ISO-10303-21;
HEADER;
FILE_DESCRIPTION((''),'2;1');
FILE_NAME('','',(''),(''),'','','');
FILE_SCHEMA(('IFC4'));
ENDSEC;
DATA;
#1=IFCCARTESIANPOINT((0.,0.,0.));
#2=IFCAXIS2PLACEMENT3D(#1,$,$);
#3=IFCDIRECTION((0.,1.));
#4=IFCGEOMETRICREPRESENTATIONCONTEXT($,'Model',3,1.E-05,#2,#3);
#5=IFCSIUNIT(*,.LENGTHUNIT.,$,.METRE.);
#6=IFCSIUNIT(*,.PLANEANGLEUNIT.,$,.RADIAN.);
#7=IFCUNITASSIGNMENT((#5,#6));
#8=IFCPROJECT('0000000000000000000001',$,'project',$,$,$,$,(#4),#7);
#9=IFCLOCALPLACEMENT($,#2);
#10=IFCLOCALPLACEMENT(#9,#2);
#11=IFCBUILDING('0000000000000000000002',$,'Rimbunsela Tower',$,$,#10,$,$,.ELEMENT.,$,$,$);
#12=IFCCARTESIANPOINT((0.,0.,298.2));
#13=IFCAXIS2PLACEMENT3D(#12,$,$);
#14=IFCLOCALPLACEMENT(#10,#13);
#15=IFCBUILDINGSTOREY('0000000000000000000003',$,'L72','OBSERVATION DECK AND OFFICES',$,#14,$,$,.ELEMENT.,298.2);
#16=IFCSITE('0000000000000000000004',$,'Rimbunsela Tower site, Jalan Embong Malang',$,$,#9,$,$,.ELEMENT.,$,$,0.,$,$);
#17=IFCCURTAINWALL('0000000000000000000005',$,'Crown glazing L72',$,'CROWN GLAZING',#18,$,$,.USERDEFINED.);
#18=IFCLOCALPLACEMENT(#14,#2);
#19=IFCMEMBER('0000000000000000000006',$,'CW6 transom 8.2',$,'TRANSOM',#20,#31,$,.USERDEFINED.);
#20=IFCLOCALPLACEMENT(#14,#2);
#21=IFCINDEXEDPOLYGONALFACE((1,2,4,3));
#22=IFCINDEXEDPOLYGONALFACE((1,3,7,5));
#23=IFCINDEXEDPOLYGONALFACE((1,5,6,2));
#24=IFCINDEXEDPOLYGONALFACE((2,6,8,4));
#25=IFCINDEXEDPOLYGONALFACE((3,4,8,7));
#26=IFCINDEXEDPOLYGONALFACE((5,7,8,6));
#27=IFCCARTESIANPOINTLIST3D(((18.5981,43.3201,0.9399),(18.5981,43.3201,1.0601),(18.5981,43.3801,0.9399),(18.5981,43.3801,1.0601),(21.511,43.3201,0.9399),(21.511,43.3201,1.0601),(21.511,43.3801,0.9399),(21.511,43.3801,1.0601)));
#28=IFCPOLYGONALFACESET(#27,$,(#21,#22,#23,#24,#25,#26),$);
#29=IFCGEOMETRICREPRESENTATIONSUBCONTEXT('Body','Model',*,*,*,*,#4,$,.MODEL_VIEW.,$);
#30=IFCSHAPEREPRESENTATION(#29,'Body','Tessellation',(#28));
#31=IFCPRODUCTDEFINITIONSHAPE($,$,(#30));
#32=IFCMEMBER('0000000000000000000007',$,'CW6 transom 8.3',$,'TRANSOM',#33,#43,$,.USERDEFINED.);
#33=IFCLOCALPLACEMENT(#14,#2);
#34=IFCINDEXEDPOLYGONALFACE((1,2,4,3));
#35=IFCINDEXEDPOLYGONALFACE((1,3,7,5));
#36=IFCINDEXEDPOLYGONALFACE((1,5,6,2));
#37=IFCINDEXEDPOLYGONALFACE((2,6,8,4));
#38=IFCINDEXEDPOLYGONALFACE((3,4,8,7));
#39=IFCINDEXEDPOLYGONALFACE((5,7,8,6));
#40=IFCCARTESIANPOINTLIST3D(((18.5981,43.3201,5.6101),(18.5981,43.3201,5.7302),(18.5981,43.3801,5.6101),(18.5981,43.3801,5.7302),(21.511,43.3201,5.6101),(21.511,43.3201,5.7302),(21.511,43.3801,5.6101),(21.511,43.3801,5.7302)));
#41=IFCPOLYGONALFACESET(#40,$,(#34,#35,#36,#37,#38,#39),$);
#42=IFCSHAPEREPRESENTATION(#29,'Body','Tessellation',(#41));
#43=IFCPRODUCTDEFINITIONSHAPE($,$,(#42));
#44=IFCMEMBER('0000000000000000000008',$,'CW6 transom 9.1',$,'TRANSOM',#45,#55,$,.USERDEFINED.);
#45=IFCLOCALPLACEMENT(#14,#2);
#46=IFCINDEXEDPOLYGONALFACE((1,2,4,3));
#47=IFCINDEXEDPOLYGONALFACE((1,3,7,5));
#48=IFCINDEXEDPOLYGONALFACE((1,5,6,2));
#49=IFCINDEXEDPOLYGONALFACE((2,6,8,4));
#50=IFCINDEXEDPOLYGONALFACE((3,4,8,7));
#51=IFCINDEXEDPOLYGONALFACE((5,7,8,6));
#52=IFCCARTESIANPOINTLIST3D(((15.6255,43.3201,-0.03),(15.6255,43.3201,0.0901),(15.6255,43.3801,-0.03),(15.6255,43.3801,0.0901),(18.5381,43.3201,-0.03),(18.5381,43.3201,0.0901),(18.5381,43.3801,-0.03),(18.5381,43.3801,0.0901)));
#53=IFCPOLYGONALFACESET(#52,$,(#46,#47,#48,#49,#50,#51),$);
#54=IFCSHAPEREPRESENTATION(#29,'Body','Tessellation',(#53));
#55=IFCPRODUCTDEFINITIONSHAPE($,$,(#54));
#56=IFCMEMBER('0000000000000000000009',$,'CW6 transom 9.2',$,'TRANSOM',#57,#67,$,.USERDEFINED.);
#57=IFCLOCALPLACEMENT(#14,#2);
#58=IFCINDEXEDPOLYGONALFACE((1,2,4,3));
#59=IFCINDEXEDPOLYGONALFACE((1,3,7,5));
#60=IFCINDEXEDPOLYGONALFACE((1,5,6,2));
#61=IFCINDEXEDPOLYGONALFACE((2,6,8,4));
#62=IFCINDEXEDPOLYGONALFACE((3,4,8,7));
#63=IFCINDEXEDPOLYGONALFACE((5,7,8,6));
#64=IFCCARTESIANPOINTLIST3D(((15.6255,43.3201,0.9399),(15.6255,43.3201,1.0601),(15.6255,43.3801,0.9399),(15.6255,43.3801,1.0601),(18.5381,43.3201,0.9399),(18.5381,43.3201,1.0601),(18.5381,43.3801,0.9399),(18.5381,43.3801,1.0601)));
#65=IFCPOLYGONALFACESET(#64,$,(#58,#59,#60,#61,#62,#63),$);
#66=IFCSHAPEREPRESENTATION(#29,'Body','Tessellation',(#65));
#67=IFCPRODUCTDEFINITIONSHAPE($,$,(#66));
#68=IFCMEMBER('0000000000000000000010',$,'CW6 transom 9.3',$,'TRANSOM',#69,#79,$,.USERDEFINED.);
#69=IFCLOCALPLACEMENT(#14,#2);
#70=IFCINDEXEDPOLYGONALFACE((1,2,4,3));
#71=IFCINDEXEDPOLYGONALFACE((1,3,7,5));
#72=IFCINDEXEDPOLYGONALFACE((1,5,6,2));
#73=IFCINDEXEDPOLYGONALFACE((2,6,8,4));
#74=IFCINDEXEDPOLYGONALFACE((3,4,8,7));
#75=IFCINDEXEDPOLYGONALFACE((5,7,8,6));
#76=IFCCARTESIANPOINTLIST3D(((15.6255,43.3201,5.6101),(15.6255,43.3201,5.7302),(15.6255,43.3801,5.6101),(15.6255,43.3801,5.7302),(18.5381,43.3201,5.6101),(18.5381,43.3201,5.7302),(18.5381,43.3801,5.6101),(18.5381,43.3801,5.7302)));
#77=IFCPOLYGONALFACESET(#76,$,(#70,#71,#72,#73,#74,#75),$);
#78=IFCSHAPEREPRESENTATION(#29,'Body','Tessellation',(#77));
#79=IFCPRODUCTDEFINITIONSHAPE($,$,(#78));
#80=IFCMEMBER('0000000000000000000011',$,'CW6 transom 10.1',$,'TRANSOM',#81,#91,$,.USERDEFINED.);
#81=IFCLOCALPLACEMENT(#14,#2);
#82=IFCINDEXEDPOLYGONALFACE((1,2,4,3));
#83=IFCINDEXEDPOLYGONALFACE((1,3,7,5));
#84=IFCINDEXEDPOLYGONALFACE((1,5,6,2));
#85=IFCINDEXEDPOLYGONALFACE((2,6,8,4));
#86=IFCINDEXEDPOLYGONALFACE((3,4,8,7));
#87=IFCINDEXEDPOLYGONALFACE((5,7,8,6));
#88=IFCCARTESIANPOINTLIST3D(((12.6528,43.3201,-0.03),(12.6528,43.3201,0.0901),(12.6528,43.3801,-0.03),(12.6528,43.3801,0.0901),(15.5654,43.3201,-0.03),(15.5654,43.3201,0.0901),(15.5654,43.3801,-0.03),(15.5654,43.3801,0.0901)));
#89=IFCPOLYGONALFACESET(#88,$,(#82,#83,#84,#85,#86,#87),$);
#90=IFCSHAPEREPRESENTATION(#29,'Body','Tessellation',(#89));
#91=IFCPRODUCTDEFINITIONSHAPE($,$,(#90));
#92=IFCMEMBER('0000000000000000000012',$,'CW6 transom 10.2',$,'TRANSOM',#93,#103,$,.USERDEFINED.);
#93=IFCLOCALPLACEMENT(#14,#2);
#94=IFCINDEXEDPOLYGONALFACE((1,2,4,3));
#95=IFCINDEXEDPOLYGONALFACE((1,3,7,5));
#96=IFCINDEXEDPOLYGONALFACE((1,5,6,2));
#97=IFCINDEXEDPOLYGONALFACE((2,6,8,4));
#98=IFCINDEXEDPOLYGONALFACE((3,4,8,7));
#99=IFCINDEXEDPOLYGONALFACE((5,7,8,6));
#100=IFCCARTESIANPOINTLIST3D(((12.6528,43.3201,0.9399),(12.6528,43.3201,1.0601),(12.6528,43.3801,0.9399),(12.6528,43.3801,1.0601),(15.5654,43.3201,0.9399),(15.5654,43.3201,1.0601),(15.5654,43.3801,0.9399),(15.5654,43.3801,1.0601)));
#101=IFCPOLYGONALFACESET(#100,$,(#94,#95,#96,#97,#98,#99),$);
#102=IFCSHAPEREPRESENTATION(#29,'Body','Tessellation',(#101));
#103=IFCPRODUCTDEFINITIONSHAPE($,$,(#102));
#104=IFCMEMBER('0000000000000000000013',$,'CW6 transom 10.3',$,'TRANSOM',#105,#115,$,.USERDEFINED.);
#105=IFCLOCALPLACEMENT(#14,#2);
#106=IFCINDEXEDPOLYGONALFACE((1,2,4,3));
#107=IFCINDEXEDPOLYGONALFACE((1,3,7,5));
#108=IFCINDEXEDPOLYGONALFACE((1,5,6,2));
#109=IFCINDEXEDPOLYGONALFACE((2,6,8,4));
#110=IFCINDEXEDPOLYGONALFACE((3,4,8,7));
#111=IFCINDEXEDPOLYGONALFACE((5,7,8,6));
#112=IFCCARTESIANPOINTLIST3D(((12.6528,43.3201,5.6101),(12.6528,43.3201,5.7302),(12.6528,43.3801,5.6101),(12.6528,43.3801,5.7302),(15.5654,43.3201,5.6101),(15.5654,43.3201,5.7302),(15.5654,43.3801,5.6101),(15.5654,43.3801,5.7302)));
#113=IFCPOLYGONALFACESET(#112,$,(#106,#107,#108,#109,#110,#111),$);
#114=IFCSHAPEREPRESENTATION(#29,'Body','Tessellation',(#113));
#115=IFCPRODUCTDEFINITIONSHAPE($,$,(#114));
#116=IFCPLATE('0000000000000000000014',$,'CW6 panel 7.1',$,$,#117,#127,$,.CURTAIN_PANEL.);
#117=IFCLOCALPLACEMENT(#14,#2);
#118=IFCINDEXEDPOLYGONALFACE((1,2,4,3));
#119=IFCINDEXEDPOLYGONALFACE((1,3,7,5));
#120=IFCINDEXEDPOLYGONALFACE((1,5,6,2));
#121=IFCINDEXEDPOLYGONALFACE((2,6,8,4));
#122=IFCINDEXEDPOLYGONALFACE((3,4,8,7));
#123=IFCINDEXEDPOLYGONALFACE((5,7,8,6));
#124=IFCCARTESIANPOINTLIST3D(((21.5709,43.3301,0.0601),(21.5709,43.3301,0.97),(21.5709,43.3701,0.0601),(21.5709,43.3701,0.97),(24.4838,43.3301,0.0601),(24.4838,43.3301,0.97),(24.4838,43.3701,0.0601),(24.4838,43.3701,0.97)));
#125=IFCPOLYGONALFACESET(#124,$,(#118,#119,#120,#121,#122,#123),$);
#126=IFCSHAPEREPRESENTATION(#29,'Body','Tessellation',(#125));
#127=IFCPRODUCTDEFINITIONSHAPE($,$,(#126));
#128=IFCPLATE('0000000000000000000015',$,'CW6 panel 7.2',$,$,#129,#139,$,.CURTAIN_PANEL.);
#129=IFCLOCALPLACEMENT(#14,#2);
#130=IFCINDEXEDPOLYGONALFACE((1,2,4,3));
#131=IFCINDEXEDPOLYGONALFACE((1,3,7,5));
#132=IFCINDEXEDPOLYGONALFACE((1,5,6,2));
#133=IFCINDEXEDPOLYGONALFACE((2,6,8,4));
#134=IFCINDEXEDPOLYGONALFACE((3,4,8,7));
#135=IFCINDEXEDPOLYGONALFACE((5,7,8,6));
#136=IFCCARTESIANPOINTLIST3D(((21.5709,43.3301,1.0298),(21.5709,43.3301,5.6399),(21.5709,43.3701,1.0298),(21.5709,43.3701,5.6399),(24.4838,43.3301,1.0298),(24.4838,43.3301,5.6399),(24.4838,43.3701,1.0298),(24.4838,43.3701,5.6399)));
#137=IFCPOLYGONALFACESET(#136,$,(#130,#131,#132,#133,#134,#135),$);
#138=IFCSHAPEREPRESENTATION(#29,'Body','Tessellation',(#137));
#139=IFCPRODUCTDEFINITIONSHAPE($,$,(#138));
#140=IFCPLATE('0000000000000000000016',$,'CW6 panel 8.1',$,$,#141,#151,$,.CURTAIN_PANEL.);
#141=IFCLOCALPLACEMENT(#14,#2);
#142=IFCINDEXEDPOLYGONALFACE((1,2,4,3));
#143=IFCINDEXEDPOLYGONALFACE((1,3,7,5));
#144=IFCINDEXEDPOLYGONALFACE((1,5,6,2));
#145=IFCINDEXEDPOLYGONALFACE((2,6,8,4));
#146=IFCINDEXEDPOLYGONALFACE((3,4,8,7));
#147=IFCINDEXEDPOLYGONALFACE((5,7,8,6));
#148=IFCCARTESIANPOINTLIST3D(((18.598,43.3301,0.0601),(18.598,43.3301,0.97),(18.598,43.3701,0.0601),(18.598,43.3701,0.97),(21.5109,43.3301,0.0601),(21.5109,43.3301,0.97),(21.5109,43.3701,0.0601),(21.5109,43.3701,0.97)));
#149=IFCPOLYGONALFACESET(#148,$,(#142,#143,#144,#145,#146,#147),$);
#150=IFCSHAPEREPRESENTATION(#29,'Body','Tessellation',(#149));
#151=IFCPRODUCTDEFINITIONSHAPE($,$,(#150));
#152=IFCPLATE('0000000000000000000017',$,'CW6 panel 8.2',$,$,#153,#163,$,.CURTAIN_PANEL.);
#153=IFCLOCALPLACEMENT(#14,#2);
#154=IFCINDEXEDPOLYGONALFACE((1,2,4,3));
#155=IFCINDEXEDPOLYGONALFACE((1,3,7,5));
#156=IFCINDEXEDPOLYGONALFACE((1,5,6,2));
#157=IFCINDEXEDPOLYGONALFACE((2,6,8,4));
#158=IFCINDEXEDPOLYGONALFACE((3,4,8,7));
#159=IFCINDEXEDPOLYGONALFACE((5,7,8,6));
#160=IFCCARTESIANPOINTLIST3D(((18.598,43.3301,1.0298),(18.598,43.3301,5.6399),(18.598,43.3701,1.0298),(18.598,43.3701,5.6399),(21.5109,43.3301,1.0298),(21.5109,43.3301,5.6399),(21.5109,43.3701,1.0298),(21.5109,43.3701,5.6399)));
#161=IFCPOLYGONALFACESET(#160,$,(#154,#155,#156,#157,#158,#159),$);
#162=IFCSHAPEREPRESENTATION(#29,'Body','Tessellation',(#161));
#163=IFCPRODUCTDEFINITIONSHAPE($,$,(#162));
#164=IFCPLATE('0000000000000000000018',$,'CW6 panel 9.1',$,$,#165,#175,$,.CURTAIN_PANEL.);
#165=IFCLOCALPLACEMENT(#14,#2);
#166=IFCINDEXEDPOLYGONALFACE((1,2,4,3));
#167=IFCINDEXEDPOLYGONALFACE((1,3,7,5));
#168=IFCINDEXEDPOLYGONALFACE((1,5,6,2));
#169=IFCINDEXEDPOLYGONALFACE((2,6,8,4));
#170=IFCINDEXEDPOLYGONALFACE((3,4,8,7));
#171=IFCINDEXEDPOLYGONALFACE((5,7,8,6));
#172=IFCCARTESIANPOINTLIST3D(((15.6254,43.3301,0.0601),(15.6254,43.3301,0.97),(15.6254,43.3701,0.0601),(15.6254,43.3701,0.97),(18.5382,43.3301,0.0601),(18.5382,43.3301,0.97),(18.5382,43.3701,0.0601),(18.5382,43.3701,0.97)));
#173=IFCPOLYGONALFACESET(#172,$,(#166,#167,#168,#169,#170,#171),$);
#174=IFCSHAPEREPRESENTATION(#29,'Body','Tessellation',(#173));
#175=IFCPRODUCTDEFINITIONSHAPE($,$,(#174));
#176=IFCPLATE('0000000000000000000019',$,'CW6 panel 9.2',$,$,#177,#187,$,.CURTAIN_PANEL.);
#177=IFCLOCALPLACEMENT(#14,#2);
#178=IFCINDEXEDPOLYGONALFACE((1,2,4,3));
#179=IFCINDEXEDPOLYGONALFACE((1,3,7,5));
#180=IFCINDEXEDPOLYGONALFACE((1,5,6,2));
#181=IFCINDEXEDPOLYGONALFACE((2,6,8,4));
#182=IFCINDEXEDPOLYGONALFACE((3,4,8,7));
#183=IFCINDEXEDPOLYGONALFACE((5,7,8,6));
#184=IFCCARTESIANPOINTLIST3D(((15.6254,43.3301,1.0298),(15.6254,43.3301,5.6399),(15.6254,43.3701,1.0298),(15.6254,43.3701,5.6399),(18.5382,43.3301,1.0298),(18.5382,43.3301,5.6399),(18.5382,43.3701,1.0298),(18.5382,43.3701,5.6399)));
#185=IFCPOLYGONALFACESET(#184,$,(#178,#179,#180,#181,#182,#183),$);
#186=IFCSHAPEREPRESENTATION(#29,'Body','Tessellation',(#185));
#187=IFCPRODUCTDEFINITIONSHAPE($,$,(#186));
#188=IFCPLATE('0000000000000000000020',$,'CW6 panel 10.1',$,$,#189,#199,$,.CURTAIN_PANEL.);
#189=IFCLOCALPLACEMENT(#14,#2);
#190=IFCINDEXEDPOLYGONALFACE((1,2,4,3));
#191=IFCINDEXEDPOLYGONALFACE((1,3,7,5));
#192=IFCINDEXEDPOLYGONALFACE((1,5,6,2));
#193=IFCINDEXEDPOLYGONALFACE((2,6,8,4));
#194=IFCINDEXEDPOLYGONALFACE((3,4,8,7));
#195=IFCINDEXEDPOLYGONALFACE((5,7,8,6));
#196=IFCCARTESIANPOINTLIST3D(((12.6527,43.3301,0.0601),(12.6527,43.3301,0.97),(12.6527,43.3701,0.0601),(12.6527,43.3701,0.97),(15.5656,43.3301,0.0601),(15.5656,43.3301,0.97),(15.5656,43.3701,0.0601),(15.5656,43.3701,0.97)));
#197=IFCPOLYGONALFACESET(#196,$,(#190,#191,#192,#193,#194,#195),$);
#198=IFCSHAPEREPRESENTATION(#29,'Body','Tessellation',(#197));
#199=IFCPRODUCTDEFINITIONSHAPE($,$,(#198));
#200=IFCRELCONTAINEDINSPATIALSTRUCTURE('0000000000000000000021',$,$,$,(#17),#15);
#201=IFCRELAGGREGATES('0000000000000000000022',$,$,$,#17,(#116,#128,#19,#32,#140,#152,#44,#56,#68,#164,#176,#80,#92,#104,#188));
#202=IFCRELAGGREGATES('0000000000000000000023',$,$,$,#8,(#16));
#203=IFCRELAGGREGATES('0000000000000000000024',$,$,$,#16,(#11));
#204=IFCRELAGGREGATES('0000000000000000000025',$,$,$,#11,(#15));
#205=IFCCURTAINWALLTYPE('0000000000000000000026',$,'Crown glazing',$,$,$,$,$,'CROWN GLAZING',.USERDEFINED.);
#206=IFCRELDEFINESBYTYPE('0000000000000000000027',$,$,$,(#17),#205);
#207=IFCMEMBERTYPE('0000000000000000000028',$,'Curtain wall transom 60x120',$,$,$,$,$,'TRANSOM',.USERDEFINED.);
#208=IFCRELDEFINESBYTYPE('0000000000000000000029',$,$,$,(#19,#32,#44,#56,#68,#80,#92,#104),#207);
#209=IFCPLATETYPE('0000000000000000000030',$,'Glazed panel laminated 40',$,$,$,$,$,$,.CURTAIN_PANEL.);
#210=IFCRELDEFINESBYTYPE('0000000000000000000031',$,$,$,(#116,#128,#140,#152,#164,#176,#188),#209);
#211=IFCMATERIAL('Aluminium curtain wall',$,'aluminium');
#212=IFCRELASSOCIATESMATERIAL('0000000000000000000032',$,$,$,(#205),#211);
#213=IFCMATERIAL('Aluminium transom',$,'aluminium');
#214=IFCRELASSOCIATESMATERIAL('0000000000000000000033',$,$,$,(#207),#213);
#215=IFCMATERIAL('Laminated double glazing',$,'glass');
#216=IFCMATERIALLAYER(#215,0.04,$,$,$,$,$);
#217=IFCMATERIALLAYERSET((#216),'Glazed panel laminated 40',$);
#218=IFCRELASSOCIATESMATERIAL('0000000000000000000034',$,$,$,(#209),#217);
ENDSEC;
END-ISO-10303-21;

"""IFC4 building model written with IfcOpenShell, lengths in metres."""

from ifc_helpers import new_model, si_unit, direction, frame, origin, origin_2d, place, context, subcontext, project, spatial, rectangle, extrude, material, layer, layer_set, material_profile, profile_set, type_object, element, aggregate, save


model = new_model("IFC4")

# Units and contexts
model_context = context("Model", 3, precision=1e-05, world=origin(), true_north=direction((0.0, 1.0)))
body_context = subcontext(model_context, "Body", "Model", "MODEL_VIEW")
ifc_project = project(units=[si_unit("LENGTHUNIT", "METRE"), si_unit("PLANEANGLEUNIT", "RADIAN")], contexts=[model_context])

# Site, building, storey
site_placement = place(None, origin())
site = spatial("IfcSite", under=ifc_project, at=site_placement, Name="Rimbunsela Tower site, Jalan Embong Malang", CompositionType="ELEMENT", RefElevation=0.0)
building_placement = place(site_placement, origin())
building = spatial("IfcBuilding", under=site, at=building_placement, Name="Rimbunsela Tower", CompositionType="ELEMENT")
storey_placement = place(building_placement, frame((0.0, 0.0, 298.2)))
storey = spatial("IfcBuildingStorey", under=building, at=storey_placement, Name="L72", Description="OBSERVATION DECK AND OFFICES", CompositionType="ELEMENT", Elevation=298.2)

# Curtain wall, members, plates
ifc_material_1 = material(Name="Aluminium curtain wall", Category="aluminium")
curtain_wall_type = type_object("IfcCurtainWallType", Name="Crown glazing", ElementType="CROWN GLAZING", PredefinedType="USERDEFINED", material=ifc_material_1)
curtain_wall_placement = place(storey_placement, origin())
curtain_wall = element("IfcCurtainWall", 1, at=curtain_wall_placement, inside=storey, type_object=curtain_wall_type, Name="Crown glazing L72", ObjectType="CROWN GLAZING", PredefinedType="USERDEFINED")
ifc_material_2 = material(Name="Aluminium transom", Category="aluminium")
ifc_material_profile_1 = material_profile(ifc_material_2, rectangle(XDim=0.0601, YDim=0.1201, at=origin_2d()), Name="Transom 60x120")
ifc_profile_set_1 = profile_set([ifc_material_profile_1], Name="Aluminium transom")
member_type_1 = type_object("IfcMemberType", Name="Curtain wall transom 60x120", ElementType="TRANSOM", PredefinedType="USERDEFINED", material=ifc_profile_set_1)
member_1_placement = place(storey_placement, frame((21.511, 43.3501, 1.0), z_axis=(-1.0, 0.0, 0.0), x_axis=(0.0, -1.0, 0.0)))
member_1 = element("IfcMember", 2, at=member_1_placement, type_object=member_type_1, Name="CW6 transom 8.2", ObjectType="TRANSOM", PredefinedType="USERDEFINED", context=body_context, shape_type="SweptSolid", body=[
    extrude(rectangle(XDim=0.0601, YDim=0.1201, at=origin_2d()), origin(), (0.0, 0.0, 1.0), 2.9128),
])
member_2_placement = place(storey_placement, frame((21.511, 43.3501, 5.6702), z_axis=(-1.0, 0.0, 0.0), x_axis=(0.0, -1.0, 0.0)))
member_2 = element("IfcMember", 3, at=member_2_placement, type_object=member_type_1, Name="CW6 transom 8.3", ObjectType="TRANSOM", PredefinedType="USERDEFINED", context=body_context, shape_type="SweptSolid", body=[
    extrude(rectangle(XDim=0.0601, YDim=0.1201, at=origin_2d()), origin(), (0.0, 0.0, 1.0), 2.9128),
])
member_3_placement = place(storey_placement, frame((18.5381, 43.3501, 0.03), z_axis=(-1.0, 0.0, 0.0), x_axis=(0.0, -1.0, 0.0)))
member_3 = element("IfcMember", 4, at=member_3_placement, type_object=member_type_1, Name="CW6 transom 9.1", ObjectType="TRANSOM", PredefinedType="USERDEFINED", context=body_context, shape_type="SweptSolid", body=[
    extrude(rectangle(XDim=0.0601, YDim=0.1201, at=origin_2d()), origin(), (0.0, 0.0, 1.0), 2.9126),
])
member_4_placement = place(storey_placement, frame((18.5381, 43.3501, 1.0), z_axis=(-1.0, 0.0, 0.0), x_axis=(0.0, -1.0, 0.0)))
member_4 = element("IfcMember", 5, at=member_4_placement, type_object=member_type_1, Name="CW6 transom 9.2", ObjectType="TRANSOM", PredefinedType="USERDEFINED", context=body_context, shape_type="SweptSolid", body=[
    extrude(rectangle(XDim=0.0601, YDim=0.1201, at=origin_2d()), origin(), (0.0, 0.0, 1.0), 2.9126),
])
member_5_placement = place(storey_placement, frame((18.5381, 43.3501, 5.6702), z_axis=(-1.0, 0.0, 0.0), x_axis=(0.0, -1.0, 0.0)))
member_5 = element("IfcMember", 6, at=member_5_placement, type_object=member_type_1, Name="CW6 transom 9.3", ObjectType="TRANSOM", PredefinedType="USERDEFINED", context=body_context, shape_type="SweptSolid", body=[
    extrude(rectangle(XDim=0.0601, YDim=0.1201, at=origin_2d()), origin(), (0.0, 0.0, 1.0), 2.9126),
])
member_6_placement = place(storey_placement, frame((15.5654, 43.3501, 0.03), z_axis=(-1.0, 0.0, 0.0), x_axis=(0.0, -1.0, 0.0)))
member_6 = element("IfcMember", 7, at=member_6_placement, type_object=member_type_1, Name="CW6 transom 10.1", ObjectType="TRANSOM", PredefinedType="USERDEFINED", context=body_context, shape_type="SweptSolid", body=[
    extrude(rectangle(XDim=0.0601, YDim=0.1201, at=origin_2d()), origin(), (0.0, 0.0, 1.0), 2.9126),
])
member_7_placement = place(storey_placement, frame((15.5654, 43.3501, 1.0), z_axis=(-1.0, 0.0, 0.0), x_axis=(0.0, -1.0, 0.0)))
member_7 = element("IfcMember", 8, at=member_7_placement, type_object=member_type_1, Name="CW6 transom 10.2", ObjectType="TRANSOM", PredefinedType="USERDEFINED", context=body_context, shape_type="SweptSolid", body=[
    extrude(rectangle(XDim=0.0601, YDim=0.1201, at=origin_2d()), origin(), (0.0, 0.0, 1.0), 2.9126),
])
member_8_placement = place(storey_placement, frame((15.5654, 43.3501, 5.6702), z_axis=(-1.0, 0.0, 0.0), x_axis=(0.0, -1.0, 0.0)))
member_8 = element("IfcMember", 9, at=member_8_placement, type_object=member_type_1, Name="CW6 transom 10.3", ObjectType="TRANSOM", PredefinedType="USERDEFINED", context=body_context, shape_type="SweptSolid", body=[
    extrude(rectangle(XDim=0.0601, YDim=0.1201, at=origin_2d()), origin(), (0.0, 0.0, 1.0), 2.9126),
])
ifc_material_3 = material(Name="Laminated double glazing", Category="glass")
ifc_layer_1 = layer(ifc_material_3, 0.04)
ifc_layer_set_1 = layer_set([ifc_layer_1], Name="Glazed panel laminated 40")
plate_type = type_object("IfcPlateType", Name="Glazed panel laminated 40", PredefinedType="CURTAIN_PANEL", material=ifc_layer_set_1)
plate_1_placement = place(storey_placement, frame((23.0273, 43.3501, 0.0601), z_axis=(0.0, 0.0, 1.0), x_axis=(-1.0, 0.0, 0.0)))
plate_1 = element("IfcPlate", 10, at=plate_1_placement, type_object=plate_type, Name="CW6 panel 7.1", PredefinedType="CURTAIN_PANEL", context=body_context, shape_type="SweptSolid", body=[
    extrude(rectangle(XDim=2.9128, YDim=0.04, at=origin_2d()), origin(), (0.0, 0.0, 1.0), 0.9099),
])
plate_2_placement = place(storey_placement, frame((23.0273, 43.3501, 1.0298), z_axis=(0.0, 0.0, 1.0), x_axis=(-1.0, 0.0, 0.0)))
plate_2 = element("IfcPlate", 11, at=plate_2_placement, type_object=plate_type, Name="CW6 panel 7.2", PredefinedType="CURTAIN_PANEL", context=body_context, shape_type="SweptSolid", body=[
    extrude(rectangle(XDim=2.9128, YDim=0.04, at=origin_2d()), origin(), (0.0, 0.0, 1.0), 4.6101),
])
plate_3_placement = place(storey_placement, frame((20.0544, 43.3501, 0.0601), z_axis=(0.0, 0.0, 1.0), x_axis=(-1.0, 0.0, 0.0)))
plate_3 = element("IfcPlate", 12, at=plate_3_placement, type_object=plate_type, Name="CW6 panel 8.1", PredefinedType="CURTAIN_PANEL", context=body_context, shape_type="SweptSolid", body=[
    extrude(rectangle(XDim=2.9128, YDim=0.04, at=origin_2d()), origin(), (0.0, 0.0, 1.0), 0.9099),
])
plate_4_placement = place(storey_placement, frame((20.0544, 43.3501, 1.0298), z_axis=(0.0, 0.0, 1.0), x_axis=(-1.0, 0.0, 0.0)))
plate_4 = element("IfcPlate", 13, at=plate_4_placement, type_object=plate_type, Name="CW6 panel 8.2", PredefinedType="CURTAIN_PANEL", context=body_context, shape_type="SweptSolid", body=[
    extrude(rectangle(XDim=2.9128, YDim=0.04, at=origin_2d()), origin(), (0.0, 0.0, 1.0), 4.6101),
])
plate_5_placement = place(storey_placement, frame((17.0818, 43.3501, 0.0601), z_axis=(0.0, 0.0, 1.0), x_axis=(-1.0, 0.0, 0.0)))
plate_5 = element("IfcPlate", 14, at=plate_5_placement, type_object=plate_type, Name="CW6 panel 9.1", PredefinedType="CURTAIN_PANEL", context=body_context, shape_type="SweptSolid", body=[
    extrude(rectangle(XDim=2.9128, YDim=0.04, at=origin_2d()), origin(), (0.0, 0.0, 1.0), 0.9099),
])
plate_6_placement = place(storey_placement, frame((17.0818, 43.3501, 1.0298), z_axis=(0.0, 0.0, 1.0), x_axis=(-1.0, 0.0, 0.0)))
plate_6 = element("IfcPlate", 15, at=plate_6_placement, type_object=plate_type, Name="CW6 panel 9.2", PredefinedType="CURTAIN_PANEL", context=body_context, shape_type="SweptSolid", body=[
    extrude(rectangle(XDim=2.9128, YDim=0.04, at=origin_2d()), origin(), (0.0, 0.0, 1.0), 4.6101),
])
plate_7_placement = place(storey_placement, frame((14.1091, 43.3501, 0.0601), z_axis=(0.0, 0.0, 1.0), x_axis=(-1.0, 0.0, 0.0)))
plate_7 = element("IfcPlate", 16, at=plate_7_placement, type_object=plate_type, Name="CW6 panel 10.1", PredefinedType="CURTAIN_PANEL", context=body_context, shape_type="SweptSolid", body=[
    extrude(rectangle(XDim=2.9128, YDim=0.04, at=origin_2d()), origin(), (0.0, 0.0, 1.0), 0.9099),
])
aggregate(curtain_wall, [plate_1, plate_2, member_1, member_2, plate_3, plate_4, member_3, member_4, member_5, plate_5, plate_6, member_6, member_7, member_8, plate_7])

save(model, "model.ifc")
